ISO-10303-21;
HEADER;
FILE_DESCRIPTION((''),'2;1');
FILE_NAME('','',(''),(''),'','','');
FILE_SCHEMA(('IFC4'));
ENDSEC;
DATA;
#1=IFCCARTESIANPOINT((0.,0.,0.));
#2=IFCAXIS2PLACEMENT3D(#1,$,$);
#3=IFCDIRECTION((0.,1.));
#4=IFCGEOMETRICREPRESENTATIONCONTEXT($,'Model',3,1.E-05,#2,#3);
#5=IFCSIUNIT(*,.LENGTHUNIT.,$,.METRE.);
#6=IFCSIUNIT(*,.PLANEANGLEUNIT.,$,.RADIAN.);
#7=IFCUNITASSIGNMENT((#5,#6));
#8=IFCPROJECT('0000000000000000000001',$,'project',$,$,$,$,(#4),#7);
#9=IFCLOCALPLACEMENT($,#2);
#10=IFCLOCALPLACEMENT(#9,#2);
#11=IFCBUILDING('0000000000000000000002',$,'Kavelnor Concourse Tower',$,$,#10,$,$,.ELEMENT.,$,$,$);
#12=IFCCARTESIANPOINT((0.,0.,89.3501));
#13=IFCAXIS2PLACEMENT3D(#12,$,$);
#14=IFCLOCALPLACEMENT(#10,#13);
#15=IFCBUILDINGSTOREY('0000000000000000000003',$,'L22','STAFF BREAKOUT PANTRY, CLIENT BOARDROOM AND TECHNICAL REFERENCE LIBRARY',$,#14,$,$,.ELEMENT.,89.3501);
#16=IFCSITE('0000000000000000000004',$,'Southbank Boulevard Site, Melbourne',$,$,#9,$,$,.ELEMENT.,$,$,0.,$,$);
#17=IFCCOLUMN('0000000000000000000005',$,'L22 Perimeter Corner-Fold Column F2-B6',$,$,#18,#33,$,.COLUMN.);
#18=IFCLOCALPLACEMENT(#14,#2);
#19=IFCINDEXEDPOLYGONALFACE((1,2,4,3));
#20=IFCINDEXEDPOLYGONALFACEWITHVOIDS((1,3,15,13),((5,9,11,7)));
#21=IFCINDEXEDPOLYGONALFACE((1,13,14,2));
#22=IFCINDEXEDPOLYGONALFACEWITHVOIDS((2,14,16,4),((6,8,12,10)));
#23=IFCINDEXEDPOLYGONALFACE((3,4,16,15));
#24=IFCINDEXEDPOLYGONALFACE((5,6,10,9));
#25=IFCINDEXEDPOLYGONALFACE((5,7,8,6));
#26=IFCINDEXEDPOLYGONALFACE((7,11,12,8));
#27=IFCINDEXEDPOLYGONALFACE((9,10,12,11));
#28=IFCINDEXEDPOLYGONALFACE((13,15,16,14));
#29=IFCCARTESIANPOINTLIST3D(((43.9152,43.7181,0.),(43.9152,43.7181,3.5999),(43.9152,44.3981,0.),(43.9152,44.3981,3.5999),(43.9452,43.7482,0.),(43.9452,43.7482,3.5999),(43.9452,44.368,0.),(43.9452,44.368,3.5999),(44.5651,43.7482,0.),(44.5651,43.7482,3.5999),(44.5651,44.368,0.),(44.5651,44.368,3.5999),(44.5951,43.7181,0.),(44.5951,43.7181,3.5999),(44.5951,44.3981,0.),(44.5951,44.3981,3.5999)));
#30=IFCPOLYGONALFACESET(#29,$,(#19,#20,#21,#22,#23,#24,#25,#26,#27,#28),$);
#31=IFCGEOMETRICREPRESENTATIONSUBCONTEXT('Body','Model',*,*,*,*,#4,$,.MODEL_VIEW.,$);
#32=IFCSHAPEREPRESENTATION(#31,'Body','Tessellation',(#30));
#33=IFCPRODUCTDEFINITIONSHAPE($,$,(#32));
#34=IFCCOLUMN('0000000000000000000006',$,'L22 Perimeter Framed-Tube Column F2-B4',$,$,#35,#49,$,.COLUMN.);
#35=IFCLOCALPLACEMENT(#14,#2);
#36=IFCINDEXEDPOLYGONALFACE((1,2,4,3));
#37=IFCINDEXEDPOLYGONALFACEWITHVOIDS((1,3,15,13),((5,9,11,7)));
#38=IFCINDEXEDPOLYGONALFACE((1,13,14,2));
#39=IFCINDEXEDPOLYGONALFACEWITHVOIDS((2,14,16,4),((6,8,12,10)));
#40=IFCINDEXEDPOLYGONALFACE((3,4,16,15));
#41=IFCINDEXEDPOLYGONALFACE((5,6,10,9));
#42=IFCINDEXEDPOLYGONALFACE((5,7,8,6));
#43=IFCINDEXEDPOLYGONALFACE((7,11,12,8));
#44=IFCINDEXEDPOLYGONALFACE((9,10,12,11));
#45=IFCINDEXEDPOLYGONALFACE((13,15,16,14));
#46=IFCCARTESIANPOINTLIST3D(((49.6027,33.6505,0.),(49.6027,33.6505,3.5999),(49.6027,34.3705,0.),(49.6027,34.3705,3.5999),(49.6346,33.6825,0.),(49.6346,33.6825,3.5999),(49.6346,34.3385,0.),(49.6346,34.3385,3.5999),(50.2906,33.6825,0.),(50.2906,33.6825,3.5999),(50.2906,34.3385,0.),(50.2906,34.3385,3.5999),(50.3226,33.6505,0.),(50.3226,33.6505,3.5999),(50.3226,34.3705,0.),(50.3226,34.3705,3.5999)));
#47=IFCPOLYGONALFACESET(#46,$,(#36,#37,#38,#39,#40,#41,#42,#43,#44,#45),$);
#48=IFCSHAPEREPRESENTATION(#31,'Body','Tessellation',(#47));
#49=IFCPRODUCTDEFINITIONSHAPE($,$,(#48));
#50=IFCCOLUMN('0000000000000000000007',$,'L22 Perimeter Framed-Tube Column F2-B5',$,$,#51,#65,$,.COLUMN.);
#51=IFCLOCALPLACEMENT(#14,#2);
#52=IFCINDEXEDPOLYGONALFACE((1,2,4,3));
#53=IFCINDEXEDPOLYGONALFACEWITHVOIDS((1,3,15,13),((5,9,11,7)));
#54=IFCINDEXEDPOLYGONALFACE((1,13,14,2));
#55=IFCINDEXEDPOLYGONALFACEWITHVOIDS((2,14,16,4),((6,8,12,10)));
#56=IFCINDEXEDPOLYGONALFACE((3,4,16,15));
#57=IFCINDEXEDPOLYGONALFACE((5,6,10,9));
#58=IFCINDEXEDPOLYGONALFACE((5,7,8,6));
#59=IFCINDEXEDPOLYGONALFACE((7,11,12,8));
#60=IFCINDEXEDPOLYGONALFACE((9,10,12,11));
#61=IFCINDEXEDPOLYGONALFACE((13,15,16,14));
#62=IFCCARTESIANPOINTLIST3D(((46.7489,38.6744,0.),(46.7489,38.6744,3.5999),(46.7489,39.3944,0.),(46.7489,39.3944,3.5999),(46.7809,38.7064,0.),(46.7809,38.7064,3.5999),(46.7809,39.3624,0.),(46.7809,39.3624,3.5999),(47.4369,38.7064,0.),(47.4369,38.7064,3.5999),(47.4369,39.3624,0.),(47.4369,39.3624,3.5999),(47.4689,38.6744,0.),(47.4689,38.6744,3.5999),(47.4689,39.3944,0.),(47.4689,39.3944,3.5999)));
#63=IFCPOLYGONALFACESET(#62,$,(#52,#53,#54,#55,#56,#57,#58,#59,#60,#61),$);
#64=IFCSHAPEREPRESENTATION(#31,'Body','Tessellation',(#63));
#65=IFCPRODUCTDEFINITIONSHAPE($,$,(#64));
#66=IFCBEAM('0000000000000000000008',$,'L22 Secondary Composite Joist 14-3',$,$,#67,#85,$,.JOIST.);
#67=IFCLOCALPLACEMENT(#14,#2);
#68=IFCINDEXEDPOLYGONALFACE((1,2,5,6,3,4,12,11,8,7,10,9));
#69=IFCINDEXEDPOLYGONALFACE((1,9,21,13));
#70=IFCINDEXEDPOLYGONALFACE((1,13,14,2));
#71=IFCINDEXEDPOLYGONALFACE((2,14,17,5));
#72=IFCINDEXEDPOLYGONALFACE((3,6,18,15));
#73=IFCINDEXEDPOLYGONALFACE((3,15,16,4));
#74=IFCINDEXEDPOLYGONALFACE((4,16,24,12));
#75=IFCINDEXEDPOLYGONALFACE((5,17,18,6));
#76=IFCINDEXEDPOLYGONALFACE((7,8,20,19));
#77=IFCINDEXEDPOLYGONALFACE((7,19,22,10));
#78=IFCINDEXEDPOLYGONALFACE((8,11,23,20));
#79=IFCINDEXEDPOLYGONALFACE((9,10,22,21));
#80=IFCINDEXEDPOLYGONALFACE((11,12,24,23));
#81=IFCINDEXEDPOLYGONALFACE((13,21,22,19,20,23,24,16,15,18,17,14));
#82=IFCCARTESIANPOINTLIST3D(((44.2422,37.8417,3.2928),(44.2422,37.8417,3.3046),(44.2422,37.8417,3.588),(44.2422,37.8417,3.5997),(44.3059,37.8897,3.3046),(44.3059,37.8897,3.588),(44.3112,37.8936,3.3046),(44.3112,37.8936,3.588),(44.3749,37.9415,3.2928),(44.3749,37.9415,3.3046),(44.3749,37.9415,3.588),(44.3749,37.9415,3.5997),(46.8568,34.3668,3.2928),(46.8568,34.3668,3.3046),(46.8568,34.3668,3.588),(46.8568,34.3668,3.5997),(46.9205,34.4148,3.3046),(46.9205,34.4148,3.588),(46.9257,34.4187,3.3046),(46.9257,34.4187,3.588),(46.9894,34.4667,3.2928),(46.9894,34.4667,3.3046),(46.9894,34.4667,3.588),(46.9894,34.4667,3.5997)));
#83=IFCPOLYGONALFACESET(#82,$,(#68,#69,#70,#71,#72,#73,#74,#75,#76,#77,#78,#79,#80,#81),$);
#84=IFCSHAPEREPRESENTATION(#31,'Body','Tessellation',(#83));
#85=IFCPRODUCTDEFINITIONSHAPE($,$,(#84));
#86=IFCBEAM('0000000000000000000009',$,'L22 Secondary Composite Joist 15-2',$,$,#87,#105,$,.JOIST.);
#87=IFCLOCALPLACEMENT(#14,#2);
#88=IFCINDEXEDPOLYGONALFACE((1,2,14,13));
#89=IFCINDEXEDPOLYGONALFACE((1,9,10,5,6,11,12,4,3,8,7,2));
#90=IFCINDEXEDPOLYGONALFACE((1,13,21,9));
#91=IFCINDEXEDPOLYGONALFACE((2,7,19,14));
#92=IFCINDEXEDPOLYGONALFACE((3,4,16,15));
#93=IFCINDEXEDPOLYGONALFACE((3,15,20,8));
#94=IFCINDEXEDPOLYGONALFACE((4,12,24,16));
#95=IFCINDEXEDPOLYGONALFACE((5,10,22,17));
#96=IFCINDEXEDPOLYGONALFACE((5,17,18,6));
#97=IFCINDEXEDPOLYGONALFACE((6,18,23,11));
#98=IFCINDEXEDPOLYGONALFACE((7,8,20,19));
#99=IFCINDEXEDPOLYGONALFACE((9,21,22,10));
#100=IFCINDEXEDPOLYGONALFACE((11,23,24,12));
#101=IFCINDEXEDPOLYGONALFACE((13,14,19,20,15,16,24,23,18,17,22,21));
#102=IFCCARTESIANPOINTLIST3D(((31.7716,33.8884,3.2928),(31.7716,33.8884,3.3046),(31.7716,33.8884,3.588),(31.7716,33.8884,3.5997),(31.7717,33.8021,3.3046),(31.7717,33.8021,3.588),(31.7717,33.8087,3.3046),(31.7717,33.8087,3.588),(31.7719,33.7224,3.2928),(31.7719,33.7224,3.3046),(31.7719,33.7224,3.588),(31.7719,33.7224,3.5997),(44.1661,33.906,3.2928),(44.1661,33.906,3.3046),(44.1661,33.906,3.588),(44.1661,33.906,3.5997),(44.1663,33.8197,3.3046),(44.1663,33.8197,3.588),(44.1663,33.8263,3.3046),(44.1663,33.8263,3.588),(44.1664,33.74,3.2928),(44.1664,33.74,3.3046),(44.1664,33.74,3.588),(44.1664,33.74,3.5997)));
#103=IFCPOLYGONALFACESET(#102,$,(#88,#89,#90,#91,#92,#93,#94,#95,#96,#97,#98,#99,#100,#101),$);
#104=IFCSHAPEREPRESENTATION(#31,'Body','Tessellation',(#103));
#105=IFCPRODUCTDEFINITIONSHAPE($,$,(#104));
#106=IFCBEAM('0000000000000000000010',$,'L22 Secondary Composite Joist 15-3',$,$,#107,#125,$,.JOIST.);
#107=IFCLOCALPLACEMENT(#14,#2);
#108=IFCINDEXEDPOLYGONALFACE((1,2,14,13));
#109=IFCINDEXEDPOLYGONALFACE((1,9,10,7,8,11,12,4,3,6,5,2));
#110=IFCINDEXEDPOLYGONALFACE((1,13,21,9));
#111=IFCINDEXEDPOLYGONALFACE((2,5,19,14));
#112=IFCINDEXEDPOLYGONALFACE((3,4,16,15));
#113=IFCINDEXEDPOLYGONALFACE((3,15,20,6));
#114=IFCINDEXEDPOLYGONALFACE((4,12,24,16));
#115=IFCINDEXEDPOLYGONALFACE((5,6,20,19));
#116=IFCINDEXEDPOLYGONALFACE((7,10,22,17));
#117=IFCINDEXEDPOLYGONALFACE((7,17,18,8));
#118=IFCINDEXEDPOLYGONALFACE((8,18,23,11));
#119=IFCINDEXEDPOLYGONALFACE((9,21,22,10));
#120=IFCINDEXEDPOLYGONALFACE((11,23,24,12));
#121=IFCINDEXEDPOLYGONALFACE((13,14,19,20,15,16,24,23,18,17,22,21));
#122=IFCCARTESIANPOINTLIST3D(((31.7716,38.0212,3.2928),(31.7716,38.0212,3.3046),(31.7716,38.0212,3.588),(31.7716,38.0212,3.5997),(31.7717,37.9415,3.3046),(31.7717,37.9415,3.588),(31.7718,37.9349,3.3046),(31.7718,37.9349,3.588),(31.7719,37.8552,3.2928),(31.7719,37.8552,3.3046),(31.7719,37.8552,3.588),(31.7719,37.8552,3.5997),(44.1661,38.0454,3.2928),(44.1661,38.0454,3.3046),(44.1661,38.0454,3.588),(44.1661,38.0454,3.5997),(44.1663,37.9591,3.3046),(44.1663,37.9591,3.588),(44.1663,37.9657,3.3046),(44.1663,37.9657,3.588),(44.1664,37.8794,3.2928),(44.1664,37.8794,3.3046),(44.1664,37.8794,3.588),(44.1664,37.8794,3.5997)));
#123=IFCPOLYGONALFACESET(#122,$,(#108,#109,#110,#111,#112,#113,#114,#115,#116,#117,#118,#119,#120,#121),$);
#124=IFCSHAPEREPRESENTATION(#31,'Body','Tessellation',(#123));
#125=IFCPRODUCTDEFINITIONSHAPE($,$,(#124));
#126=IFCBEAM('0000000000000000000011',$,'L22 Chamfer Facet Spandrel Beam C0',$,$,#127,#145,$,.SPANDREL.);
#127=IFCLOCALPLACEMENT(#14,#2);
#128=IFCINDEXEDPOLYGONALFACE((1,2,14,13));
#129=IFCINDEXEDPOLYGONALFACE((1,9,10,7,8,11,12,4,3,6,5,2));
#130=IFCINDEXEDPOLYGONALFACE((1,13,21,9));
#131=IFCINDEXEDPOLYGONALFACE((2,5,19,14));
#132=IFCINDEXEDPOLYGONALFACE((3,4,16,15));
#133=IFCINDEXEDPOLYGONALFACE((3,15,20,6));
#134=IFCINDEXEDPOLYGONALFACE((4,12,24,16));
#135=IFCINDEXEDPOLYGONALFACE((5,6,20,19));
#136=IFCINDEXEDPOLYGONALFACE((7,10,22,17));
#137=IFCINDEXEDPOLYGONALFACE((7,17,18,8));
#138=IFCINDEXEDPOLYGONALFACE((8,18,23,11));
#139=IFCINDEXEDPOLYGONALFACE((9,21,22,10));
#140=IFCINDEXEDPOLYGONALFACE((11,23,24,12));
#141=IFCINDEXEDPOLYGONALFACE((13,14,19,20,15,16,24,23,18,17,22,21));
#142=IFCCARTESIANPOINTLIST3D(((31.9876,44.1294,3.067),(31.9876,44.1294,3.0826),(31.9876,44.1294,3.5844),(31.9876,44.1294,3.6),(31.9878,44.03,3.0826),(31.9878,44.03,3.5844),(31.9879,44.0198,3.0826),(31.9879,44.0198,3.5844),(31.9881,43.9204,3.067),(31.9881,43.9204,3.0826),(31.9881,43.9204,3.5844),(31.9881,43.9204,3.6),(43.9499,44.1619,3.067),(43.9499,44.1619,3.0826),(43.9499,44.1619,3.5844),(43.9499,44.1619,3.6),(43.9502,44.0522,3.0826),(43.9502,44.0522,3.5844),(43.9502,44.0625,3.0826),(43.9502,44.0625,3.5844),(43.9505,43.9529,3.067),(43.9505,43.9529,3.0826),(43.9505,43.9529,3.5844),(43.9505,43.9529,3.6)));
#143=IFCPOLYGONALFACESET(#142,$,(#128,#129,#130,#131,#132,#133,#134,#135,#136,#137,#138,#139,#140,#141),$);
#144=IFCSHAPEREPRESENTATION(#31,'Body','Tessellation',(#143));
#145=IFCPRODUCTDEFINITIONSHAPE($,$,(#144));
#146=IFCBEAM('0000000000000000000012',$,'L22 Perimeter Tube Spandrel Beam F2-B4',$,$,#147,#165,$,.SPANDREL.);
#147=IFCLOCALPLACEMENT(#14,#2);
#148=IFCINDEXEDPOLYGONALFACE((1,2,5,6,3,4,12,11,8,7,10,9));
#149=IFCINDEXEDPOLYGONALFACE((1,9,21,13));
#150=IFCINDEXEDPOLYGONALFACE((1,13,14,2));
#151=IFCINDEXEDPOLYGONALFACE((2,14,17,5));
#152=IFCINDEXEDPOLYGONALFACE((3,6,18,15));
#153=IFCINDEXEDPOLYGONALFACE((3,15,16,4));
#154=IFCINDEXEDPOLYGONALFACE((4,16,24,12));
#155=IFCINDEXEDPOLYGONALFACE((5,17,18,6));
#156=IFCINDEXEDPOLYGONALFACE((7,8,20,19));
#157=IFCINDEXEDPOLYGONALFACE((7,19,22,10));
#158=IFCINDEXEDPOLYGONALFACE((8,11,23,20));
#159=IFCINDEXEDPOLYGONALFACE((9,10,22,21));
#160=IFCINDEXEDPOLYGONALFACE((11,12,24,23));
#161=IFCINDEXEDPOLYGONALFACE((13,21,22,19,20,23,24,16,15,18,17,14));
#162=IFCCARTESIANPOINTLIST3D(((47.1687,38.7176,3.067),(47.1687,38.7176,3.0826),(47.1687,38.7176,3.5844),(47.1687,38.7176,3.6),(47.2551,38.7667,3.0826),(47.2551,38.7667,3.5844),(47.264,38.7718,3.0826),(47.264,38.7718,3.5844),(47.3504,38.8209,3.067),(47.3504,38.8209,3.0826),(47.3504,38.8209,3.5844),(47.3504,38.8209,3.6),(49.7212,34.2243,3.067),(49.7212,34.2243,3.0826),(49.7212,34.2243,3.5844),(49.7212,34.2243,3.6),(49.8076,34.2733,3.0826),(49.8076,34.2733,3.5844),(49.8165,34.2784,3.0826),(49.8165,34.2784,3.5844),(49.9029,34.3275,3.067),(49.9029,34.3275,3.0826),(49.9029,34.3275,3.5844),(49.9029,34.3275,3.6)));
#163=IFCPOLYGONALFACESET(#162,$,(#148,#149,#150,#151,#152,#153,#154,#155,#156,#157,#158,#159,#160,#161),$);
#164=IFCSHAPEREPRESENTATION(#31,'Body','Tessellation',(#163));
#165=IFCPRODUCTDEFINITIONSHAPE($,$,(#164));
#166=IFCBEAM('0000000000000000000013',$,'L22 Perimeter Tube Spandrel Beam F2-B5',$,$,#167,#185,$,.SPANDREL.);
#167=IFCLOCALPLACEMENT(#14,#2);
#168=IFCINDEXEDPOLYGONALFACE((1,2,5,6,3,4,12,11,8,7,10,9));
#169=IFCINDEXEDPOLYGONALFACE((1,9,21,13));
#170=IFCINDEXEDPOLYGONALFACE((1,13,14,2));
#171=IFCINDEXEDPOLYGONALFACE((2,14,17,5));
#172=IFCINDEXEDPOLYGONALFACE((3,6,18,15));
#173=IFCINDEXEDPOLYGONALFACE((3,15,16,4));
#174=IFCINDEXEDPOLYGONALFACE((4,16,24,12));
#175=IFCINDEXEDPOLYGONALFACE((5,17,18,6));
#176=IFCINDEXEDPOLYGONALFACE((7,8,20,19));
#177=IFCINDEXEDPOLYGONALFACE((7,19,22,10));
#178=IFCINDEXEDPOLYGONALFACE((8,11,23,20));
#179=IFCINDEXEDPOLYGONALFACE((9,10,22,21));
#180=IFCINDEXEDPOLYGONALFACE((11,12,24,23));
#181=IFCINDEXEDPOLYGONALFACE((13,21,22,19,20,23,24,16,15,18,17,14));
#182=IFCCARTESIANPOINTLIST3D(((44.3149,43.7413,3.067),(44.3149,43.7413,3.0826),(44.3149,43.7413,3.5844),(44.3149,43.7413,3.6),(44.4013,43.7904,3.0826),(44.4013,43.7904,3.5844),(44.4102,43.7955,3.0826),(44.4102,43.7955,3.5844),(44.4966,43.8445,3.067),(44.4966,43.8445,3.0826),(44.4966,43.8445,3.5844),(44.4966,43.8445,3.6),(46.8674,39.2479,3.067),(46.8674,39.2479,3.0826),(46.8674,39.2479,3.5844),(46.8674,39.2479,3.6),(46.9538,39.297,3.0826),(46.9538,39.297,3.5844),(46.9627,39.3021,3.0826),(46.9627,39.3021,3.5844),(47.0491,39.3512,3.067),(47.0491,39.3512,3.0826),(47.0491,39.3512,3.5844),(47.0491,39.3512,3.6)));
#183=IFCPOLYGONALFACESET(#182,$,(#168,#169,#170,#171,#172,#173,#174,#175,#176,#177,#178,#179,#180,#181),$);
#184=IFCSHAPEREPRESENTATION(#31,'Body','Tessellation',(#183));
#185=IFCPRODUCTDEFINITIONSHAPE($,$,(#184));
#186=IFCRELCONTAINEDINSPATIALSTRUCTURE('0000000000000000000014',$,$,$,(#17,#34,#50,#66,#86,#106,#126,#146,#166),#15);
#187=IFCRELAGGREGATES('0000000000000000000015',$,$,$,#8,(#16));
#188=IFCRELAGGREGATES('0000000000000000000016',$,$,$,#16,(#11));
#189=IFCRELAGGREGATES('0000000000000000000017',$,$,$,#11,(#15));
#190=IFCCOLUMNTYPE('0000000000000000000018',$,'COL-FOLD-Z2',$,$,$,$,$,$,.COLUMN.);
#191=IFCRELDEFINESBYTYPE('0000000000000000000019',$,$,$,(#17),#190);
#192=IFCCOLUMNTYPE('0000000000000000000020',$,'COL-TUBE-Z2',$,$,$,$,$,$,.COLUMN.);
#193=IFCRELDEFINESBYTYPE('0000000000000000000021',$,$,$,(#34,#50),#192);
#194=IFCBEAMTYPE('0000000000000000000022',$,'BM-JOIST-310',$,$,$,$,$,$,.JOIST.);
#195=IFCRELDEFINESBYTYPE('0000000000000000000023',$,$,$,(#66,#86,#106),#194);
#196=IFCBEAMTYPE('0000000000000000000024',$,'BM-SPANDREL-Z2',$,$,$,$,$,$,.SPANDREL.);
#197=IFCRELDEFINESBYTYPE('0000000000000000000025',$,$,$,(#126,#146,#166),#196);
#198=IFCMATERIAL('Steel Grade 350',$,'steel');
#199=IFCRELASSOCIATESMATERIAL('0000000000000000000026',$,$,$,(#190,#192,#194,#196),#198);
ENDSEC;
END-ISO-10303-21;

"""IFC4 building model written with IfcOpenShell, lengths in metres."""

from ifc_helpers import new_model, si_unit, direction, frame, origin, origin_2d, place, context, subcontext, project, spatial, hollow_rectangle, i_section, extrude, material, material_profile, profile_set, type_object, element, save


model = new_model("IFC4")

# Units and contexts
model_context = context("Model", 3, precision=1e-05, world=origin(), true_north=direction((0.0, 1.0)))
body_context = subcontext(model_context, "Body", "Model", "MODEL_VIEW")
ifc_project = project(units=[si_unit("LENGTHUNIT", "METRE"), si_unit("PLANEANGLEUNIT", "RADIAN")], contexts=[model_context])

# Site, building, storey
site_placement = place(None, origin())
site = spatial("IfcSite", under=ifc_project, at=site_placement, Name="Southbank Boulevard Site, Melbourne", CompositionType="ELEMENT", RefElevation=0.0)
building_placement = place(site_placement, origin())
building = spatial("IfcBuilding", under=site, at=building_placement, Name="Kavelnor Concourse Tower", CompositionType="ELEMENT")
storey_placement = place(building_placement, frame((0.0, 0.0, 89.3501)))
storey = spatial("IfcBuildingStorey", under=building, at=storey_placement, Name="L22", Description="STAFF BREAKOUT PANTRY, CLIENT BOARDROOM AND TECHNICAL REFERENCE LIBRARY", CompositionType="ELEMENT", Elevation=89.3501)

# Columns
ifc_material_1 = material(Name="Steel Grade 350", Category="steel")
ifc_material_profile_1 = material_profile(ifc_material_1, hollow_rectangle(XDim=0.6799, YDim=0.6799, WallThickness=0.03, at=origin_2d()), Name="SHS 680x680x30")
ifc_profile_set_1 = profile_set([ifc_material_profile_1], Name="Steel Grade 350")
column_type_1 = type_object("IfcColumnType", Name="COL-FOLD-Z2", PredefinedType="COLUMN", material=ifc_profile_set_1)
column_placement = place(storey_placement, frame((44.2551, 44.0581, 0.0), z_axis=(0.0, 0.0, 1.0), x_axis=(1.0, 0.0, 0.0)))
element("IfcColumn", 1, at=column_placement, inside=storey, type_object=column_type_1, Name="L22 Perimeter Corner-Fold Column F2-B6", PredefinedType="COLUMN", context=body_context, shape_type="SweptSolid", body=[
    extrude(hollow_rectangle(XDim=0.6799, YDim=0.6799, WallThickness=0.03, at=origin_2d()), origin(), (0.0, 0.0, 1.0), 3.5999),
])
ifc_material_profile_2 = material_profile(ifc_material_1, hollow_rectangle(XDim=0.72, YDim=0.72, WallThickness=0.032, at=origin_2d()), Name="SHS 720x720x32")
ifc_profile_set_2 = profile_set([ifc_material_profile_2], Name="Steel Grade 350")
column_type_2 = type_object("IfcColumnType", Name="COL-TUBE-Z2", PredefinedType="COLUMN", material=ifc_profile_set_2)
for number, where, z_axis, x_axis, name in (
    (2, (49.9626, 34.0105, 0.0), (0.0, 0.0, 1.0), (1.0, 0.0, 0.0), "L22 Perimeter Framed-Tube Column F2-B4"),
    (3, (47.1089, 39.0344, 0.0), (0.0, 0.0, 1.0), (1.0, 0.0, 0.0), "L22 Perimeter Framed-Tube Column F2-B5"),
):
    element("IfcColumn", number, at=place(storey_placement, frame(where, z_axis=z_axis, x_axis=x_axis)), inside=storey, type_object=column_type_2, Name=name, PredefinedType="COLUMN", context=body_context, shape_type="SweptSolid", body=[
        extrude(hollow_rectangle(XDim=0.72, YDim=0.72, WallThickness=0.032, at=origin_2d()), origin(), (0.0, 0.0, 1.0), 3.5999),
    ])

# Beams
ifc_material_profile_3 = material_profile(ifc_material_1, i_section(OverallWidth=0.166, OverallDepth=0.3069, WebThickness=0.0066, FlangeThickness=0.0117, at=origin_2d()), Name="310UB46")
ifc_profile_set_3 = profile_set([ifc_material_profile_3], Name="Steel Grade 350")
beam_type_1 = type_object("IfcBeamType", Name="BM-JOIST-310", PredefinedType="JOIST", material=ifc_profile_set_3)
beam_1_placement = place(storey_placement, frame((46.9231, 34.4167, 3.4463), z_axis=(-0.60123, 0.799076, 0.0), x_axis=(-0.799076, -0.60123, 0.0)))
element("IfcBeam", 4, at=beam_1_placement, inside=storey, type_object=beam_type_1, Name="L22 Secondary Composite Joist 14-3", PredefinedType="JOIST", context=body_context, shape_type="SweptSolid", body=[
    extrude(i_section(OverallWidth=0.166, OverallDepth=0.3069, WebThickness=0.0066, FlangeThickness=0.0117, at=origin_2d()), origin(), (0.0, 0.0, 1.0), 4.3486),
])
for number, where, z_axis, x_axis, name in (
    (5, (44.1663, 33.823, 3.4463), (-0.999999, -0.001418, 0.0), (0.001418, -0.999999, 0.0), "L22 Secondary Composite Joist 15-2"),
    (6, (44.1663, 37.9624, 3.4463), (-0.999998, -0.00195, 0.0), (0.00195, -0.999998, 0.0), "L22 Secondary Composite Joist 15-3"),
):
    element("IfcBeam", number, at=place(storey_placement, frame(where, z_axis=z_axis, x_axis=x_axis)), inside=storey, type_object=beam_type_1, Name=name, PredefinedType="JOIST", context=body_context, shape_type="SweptSolid", body=[
        extrude(i_section(OverallWidth=0.166, OverallDepth=0.3069, WebThickness=0.0066, FlangeThickness=0.0117, at=origin_2d()), origin(), (0.0, 0.0, 1.0), 12.3945),
    ])
ifc_material_profile_4 = material_profile(ifc_material_1, i_section(OverallWidth=0.209, OverallDepth=0.533, WebThickness=0.0103, FlangeThickness=0.0156, at=origin_2d()), Name="530UB92")
ifc_profile_set_4 = profile_set([ifc_material_profile_4], Name="Steel Grade 350")
beam_type_2 = type_object("IfcBeamType", Name="BM-SPANDREL-Z2", PredefinedType="SPANDREL", material=ifc_profile_set_4)
beam_2_placement = place(storey_placement, frame((43.9502, 44.0574, 3.3335), z_axis=(-0.999996, -0.002714, 0.0), x_axis=(0.002714, -0.999996, 0.0)))
element("IfcBeam", 7, at=beam_2_placement, inside=storey, type_object=beam_type_2, Name="L22 Chamfer Facet Spandrel Beam C0", PredefinedType="SPANDREL", context=body_context, shape_type="SweptSolid", body=[
    extrude(i_section(OverallWidth=0.209, OverallDepth=0.533, WebThickness=0.0103, FlangeThickness=0.0156, at=origin_2d()), origin(), (0.0, 0.0, 1.0), 11.9624),
])
for number, where, z_axis, x_axis, name in (
    (8, (49.812, 34.2759, 3.3335), (-0.493924, 0.869505, 0.0), (-0.869505, -0.493924, 0.0), "L22 Perimeter Tube Spandrel Beam F2-B4"),
    (9, (46.9583, 39.2996, 3.3335), (-0.493924, 0.869505, 0.0), (-0.869505, -0.493924, 0.0), "L22 Perimeter Tube Spandrel Beam F2-B5"),
):
    element("IfcBeam", number, at=place(storey_placement, frame(where, z_axis=z_axis, x_axis=x_axis)), inside=storey, type_object=beam_type_2, Name=name, PredefinedType="SPANDREL", context=body_context, shape_type="SweptSolid", body=[
        extrude(i_section(OverallWidth=0.209, OverallDepth=0.533, WebThickness=0.0103, FlangeThickness=0.0156, at=origin_2d()), origin(), (0.0, 0.0, 1.0), 5.1677),
    ])

save(model, "model.ifc")
